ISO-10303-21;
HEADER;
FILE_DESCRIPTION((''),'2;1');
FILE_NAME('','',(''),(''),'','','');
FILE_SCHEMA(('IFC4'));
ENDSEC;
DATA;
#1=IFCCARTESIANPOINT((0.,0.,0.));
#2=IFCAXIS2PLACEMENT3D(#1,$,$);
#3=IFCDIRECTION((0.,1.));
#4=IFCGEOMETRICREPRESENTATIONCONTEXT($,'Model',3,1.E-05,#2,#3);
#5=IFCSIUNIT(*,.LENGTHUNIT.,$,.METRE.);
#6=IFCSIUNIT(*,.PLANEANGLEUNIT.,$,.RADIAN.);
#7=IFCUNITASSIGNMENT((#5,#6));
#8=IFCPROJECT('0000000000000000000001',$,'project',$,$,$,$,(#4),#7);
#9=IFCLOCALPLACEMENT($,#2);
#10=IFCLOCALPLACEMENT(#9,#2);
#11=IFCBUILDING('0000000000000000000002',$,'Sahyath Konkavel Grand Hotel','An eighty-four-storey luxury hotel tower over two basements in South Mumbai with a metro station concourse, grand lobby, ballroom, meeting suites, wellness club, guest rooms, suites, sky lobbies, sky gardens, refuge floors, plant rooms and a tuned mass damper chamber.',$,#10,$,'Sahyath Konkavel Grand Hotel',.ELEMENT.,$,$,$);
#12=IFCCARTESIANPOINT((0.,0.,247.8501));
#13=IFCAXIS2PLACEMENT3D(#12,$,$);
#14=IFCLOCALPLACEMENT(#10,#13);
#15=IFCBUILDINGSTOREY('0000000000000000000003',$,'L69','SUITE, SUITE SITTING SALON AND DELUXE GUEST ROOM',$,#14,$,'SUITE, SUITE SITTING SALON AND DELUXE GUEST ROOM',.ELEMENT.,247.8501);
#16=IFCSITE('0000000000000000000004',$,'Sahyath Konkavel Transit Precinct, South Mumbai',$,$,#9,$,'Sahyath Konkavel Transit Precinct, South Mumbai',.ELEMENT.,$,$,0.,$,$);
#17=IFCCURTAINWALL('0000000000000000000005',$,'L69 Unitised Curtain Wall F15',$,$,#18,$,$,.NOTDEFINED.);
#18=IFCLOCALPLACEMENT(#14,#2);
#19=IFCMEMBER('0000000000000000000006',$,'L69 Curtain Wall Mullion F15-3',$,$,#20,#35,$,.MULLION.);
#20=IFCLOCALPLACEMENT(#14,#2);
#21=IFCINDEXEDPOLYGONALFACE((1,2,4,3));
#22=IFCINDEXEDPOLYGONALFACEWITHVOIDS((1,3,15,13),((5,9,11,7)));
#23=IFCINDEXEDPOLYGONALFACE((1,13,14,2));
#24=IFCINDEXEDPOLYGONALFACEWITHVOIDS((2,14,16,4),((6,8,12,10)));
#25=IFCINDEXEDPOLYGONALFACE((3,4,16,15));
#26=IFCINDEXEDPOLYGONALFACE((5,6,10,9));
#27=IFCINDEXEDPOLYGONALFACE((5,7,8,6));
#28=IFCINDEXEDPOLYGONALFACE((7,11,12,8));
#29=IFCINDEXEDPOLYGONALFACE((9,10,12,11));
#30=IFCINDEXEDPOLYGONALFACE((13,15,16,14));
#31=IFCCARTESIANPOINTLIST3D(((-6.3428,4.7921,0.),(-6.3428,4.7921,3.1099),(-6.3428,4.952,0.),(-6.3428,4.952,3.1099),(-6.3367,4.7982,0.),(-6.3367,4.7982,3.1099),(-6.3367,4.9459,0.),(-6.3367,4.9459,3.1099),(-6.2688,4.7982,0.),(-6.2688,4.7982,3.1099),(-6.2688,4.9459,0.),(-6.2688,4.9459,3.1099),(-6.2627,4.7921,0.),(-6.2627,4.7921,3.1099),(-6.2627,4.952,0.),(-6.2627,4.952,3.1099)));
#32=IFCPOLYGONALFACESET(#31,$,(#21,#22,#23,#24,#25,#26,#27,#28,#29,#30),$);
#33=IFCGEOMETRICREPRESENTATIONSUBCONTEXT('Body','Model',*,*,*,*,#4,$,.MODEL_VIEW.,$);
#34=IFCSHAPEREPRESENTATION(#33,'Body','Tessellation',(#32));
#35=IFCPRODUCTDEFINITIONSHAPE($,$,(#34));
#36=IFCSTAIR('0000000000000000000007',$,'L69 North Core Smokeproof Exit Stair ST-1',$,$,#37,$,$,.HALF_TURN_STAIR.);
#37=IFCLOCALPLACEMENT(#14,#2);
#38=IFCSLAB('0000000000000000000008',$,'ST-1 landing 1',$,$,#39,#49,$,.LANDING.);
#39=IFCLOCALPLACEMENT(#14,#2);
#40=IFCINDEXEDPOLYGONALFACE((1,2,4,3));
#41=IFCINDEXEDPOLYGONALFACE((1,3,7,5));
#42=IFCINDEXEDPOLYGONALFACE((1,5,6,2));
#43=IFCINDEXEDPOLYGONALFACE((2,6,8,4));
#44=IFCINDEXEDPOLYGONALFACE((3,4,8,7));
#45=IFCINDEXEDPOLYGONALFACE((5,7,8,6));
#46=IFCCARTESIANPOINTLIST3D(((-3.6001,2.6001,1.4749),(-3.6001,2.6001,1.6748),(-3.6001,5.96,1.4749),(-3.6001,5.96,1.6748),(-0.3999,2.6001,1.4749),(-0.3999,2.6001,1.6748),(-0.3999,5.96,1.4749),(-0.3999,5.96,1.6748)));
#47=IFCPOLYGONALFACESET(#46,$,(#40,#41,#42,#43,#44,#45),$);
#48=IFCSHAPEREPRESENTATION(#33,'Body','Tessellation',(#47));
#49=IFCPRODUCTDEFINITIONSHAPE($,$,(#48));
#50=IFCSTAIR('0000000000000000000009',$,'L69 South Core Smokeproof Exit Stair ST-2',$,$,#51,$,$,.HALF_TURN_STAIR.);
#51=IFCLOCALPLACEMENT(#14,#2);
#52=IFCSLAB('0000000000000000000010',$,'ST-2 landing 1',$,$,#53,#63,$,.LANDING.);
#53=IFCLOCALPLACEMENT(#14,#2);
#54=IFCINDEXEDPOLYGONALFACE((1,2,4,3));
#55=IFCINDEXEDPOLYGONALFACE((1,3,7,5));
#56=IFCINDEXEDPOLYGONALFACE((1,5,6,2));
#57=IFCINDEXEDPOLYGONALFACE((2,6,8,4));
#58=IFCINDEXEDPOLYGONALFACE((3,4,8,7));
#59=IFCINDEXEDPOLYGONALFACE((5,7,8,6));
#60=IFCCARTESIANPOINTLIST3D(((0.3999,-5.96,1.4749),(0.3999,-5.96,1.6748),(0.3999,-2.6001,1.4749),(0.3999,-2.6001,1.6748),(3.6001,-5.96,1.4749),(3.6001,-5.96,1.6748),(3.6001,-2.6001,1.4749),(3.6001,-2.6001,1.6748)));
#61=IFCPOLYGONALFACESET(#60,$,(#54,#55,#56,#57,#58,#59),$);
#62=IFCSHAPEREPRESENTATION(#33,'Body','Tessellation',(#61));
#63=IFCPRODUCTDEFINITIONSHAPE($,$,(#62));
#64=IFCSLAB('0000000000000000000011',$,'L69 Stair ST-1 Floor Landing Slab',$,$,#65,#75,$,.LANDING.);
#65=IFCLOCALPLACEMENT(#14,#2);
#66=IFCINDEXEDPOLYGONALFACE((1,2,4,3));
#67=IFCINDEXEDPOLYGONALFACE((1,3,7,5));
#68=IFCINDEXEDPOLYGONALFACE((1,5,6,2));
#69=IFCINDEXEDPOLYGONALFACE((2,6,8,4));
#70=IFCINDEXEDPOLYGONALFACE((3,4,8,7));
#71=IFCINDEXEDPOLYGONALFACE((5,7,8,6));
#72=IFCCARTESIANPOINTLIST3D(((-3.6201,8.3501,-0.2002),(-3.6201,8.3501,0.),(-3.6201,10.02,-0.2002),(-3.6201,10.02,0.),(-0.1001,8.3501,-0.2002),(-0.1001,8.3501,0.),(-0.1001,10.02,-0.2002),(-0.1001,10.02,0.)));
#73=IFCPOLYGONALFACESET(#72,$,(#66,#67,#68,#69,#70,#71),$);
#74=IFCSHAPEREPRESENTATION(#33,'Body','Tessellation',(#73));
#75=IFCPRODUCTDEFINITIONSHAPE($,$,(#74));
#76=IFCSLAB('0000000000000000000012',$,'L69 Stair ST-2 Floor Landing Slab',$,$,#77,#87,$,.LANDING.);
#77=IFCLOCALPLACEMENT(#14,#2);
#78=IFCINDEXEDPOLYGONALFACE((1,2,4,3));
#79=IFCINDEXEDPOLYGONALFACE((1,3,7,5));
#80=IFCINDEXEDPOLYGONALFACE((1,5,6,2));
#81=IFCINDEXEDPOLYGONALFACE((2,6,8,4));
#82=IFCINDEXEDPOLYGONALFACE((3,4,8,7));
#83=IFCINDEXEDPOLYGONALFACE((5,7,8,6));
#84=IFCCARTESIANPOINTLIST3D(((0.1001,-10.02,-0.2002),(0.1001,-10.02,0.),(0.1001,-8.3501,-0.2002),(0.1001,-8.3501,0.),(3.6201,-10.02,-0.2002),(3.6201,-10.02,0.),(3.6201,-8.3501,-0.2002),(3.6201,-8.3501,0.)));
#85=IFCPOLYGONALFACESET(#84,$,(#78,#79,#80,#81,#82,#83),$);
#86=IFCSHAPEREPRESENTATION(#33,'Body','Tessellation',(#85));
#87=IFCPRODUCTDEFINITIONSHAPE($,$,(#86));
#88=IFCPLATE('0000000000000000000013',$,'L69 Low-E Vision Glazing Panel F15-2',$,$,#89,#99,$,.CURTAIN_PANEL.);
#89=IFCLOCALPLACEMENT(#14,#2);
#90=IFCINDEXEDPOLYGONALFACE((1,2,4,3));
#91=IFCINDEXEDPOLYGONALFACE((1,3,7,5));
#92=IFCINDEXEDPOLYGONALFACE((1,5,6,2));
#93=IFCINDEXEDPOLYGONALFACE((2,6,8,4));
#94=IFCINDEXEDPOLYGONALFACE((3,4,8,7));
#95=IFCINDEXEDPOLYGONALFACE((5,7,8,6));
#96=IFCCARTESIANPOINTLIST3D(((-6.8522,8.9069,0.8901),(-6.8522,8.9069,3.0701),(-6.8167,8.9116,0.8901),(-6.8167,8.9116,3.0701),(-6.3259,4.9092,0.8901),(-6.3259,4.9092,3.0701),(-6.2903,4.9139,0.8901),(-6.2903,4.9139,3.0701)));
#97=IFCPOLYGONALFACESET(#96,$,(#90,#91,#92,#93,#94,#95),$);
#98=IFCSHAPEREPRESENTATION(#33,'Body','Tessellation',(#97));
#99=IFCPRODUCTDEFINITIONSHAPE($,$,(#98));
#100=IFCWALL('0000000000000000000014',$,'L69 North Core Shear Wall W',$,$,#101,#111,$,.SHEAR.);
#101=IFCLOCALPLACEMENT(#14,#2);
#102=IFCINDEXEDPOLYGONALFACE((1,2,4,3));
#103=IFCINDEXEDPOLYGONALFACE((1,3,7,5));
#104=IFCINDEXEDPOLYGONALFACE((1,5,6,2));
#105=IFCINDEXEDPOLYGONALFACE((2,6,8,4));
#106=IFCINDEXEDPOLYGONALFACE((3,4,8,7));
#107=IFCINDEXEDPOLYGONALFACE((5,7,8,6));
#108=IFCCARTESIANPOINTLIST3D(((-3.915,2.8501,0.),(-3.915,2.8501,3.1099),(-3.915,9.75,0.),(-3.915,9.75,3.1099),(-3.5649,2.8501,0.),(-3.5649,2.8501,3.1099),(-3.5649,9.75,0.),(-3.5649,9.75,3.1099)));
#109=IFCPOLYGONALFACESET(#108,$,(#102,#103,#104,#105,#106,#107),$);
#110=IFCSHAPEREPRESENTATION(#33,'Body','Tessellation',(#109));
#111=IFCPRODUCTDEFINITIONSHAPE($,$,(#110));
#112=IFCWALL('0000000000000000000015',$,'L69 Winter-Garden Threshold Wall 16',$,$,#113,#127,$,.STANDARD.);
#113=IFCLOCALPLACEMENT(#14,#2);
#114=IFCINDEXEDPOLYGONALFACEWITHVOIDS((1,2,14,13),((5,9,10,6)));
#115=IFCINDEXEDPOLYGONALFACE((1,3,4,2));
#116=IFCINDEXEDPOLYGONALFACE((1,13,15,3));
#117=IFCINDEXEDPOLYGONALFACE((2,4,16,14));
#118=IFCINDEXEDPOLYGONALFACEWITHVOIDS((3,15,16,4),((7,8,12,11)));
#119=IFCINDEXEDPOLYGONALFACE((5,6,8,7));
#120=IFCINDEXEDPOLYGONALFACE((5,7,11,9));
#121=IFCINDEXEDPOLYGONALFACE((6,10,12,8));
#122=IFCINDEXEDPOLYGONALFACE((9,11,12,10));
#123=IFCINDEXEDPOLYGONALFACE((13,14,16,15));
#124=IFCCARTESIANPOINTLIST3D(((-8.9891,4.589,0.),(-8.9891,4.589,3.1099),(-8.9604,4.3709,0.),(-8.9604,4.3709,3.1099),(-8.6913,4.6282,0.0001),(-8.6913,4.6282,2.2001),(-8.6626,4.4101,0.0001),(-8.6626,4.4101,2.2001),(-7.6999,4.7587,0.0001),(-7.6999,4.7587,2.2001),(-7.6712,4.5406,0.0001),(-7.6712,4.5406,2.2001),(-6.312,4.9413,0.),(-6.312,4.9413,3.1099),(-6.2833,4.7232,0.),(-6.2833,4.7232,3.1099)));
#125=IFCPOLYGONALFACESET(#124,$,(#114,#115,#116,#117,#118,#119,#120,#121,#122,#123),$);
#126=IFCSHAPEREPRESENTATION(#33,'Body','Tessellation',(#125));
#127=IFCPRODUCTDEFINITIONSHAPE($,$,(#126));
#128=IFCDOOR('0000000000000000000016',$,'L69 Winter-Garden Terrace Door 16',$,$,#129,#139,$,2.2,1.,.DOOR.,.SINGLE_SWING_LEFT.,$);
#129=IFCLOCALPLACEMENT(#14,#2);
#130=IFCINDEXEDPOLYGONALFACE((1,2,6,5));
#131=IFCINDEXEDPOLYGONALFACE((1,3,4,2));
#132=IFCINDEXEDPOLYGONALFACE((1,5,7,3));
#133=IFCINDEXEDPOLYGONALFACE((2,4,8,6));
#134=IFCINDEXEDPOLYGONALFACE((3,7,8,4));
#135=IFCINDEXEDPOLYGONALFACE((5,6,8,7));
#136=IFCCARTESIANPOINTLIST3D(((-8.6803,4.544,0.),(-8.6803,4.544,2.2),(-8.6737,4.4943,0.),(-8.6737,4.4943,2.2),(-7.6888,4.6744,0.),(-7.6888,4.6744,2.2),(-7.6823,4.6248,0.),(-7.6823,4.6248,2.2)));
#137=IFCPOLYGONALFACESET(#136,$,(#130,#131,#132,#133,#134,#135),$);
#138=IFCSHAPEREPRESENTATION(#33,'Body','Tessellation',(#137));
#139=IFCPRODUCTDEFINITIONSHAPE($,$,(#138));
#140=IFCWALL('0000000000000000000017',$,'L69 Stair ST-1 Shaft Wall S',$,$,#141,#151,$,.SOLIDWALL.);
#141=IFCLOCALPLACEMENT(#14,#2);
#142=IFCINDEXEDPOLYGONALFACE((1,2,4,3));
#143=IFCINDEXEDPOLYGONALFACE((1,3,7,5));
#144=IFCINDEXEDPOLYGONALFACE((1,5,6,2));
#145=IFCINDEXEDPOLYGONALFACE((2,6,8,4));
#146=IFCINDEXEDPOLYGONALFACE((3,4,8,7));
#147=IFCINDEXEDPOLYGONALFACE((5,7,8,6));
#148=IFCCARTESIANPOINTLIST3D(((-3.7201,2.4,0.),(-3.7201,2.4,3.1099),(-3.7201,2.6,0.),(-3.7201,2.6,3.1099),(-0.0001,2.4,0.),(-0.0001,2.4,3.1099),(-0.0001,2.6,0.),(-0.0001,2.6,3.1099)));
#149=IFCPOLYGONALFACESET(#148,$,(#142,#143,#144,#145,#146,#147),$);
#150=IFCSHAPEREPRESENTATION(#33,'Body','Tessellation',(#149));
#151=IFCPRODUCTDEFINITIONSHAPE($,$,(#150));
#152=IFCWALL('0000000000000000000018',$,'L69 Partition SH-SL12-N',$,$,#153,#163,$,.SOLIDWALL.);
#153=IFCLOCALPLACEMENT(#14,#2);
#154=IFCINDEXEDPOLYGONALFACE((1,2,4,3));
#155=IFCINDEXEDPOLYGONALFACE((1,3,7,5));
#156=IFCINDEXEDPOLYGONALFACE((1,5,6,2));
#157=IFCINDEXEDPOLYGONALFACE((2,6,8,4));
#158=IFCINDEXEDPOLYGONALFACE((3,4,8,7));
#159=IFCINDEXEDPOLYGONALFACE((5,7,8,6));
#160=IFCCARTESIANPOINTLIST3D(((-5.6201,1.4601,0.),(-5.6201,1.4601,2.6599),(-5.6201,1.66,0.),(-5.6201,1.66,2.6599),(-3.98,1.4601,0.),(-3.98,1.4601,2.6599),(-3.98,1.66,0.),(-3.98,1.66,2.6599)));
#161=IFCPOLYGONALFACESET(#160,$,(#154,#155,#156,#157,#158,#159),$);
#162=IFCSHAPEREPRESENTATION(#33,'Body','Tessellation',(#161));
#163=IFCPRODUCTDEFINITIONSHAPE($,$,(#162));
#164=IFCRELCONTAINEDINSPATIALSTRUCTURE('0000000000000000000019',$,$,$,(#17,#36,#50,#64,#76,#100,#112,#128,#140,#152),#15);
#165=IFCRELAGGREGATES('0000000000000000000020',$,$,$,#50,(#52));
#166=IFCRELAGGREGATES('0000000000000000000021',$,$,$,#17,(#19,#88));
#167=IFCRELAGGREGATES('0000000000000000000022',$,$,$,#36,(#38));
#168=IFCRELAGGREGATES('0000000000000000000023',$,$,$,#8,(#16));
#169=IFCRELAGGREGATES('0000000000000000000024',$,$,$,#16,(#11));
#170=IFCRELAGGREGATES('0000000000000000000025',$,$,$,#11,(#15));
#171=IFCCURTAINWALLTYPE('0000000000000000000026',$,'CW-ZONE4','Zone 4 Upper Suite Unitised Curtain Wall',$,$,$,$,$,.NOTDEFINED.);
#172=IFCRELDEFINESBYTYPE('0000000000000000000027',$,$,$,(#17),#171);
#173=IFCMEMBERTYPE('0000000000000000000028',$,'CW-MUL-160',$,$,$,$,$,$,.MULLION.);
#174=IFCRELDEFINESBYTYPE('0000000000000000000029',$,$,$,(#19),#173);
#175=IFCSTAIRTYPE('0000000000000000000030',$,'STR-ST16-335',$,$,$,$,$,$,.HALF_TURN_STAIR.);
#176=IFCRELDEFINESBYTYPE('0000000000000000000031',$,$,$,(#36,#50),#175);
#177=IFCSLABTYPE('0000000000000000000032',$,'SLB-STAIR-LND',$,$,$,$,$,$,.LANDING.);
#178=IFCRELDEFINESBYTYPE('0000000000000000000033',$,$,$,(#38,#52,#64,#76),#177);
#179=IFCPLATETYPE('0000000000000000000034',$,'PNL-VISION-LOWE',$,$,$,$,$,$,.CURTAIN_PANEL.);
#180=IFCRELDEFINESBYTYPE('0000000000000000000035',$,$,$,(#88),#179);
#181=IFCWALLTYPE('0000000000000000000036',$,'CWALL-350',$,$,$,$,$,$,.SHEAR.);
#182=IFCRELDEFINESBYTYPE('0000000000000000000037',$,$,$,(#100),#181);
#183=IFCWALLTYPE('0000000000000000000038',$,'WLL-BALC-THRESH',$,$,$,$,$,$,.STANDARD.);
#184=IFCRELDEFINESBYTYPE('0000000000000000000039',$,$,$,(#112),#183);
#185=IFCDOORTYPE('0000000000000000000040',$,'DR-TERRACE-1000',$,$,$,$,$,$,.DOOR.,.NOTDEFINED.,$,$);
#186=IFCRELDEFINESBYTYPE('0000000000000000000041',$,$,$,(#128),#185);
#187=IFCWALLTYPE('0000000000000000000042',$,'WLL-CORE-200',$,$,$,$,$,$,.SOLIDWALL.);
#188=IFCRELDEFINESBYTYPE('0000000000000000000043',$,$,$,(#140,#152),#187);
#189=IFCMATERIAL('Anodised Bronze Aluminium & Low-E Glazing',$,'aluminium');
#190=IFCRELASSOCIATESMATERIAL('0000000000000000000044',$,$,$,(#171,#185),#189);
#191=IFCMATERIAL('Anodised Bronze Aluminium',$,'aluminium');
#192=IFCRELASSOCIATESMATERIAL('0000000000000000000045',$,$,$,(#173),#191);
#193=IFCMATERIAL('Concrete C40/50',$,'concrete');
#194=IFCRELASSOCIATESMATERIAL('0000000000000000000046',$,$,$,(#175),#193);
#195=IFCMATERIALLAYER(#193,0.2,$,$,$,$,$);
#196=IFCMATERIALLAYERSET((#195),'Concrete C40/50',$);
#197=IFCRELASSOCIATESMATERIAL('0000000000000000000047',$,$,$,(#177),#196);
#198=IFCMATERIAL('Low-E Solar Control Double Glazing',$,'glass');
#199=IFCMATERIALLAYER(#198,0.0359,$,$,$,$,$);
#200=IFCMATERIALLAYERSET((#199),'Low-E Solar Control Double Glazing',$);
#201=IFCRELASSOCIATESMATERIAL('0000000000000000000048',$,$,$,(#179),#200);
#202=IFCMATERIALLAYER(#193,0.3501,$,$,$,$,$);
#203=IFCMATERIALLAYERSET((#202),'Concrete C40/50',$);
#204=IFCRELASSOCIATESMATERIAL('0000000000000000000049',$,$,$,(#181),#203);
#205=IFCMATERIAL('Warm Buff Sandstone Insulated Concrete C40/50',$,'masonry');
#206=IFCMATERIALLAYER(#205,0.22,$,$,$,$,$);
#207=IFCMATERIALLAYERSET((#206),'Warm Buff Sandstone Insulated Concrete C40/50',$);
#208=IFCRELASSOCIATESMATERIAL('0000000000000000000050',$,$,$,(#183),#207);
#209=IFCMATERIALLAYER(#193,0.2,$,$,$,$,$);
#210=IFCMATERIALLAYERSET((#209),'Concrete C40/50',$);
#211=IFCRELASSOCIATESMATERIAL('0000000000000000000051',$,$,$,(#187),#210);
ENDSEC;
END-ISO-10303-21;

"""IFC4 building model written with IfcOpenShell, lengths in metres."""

from ifc_helpers import new_model, si_unit, direction, frame, frame_2d, origin, origin_2d, place, context, subcontext, project, spatial, polyline, rectangle, hollow_rectangle, outline, extrude, source, transform, mapped, material, layer, layer_set, material_profile, profile_set, type_object, element, fill, aggregate, save


model = new_model("IFC4")

# Units and contexts
model_context = context("Model", 3, precision=1e-05, world=origin(), true_north=direction((0.0, 1.0)))
body_context = subcontext(model_context, "Body", "Model", "MODEL_VIEW")
ifc_project = project(units=[si_unit("LENGTHUNIT", "METRE"), si_unit("PLANEANGLEUNIT", "RADIAN")], contexts=[model_context])

# Site, building, storey
site_placement = place(None, origin())
site = spatial("IfcSite", under=ifc_project, at=site_placement, Name="Sahyath Konkavel Transit Precinct, South Mumbai", LongName="Sahyath Konkavel Transit Precinct, South Mumbai", CompositionType="ELEMENT", RefElevation=0.0)
building_placement = place(site_placement, origin())
building = spatial("IfcBuilding", under=site, at=building_placement, Name="Sahyath Konkavel Grand Hotel", Description="An eighty-four-storey luxury hotel tower over two basements in South Mumbai with a metro station concourse, grand lobby, ballroom, meeting suites, wellness club, guest rooms, suites, sky lobbies, sky gardens, refuge floors, plant rooms and a tuned mass damper chamber.", LongName="Sahyath Konkavel Grand Hotel", CompositionType="ELEMENT")
storey_placement = place(building_placement, frame((0.0, 0.0, 247.8501)))
storey = spatial("IfcBuildingStorey", under=building, at=storey_placement, Name="L69", Description="SUITE, SUITE SITTING SALON AND DELUXE GUEST ROOM", LongName="SUITE, SUITE SITTING SALON AND DELUXE GUEST ROOM", CompositionType="ELEMENT", Elevation=247.8501)

# Shared definitions
ifc_material_1 = material(Name="Concrete C40/50", Category="concrete")

# Curtain wall, member
ifc_material_2 = material(Name="Anodised Bronze Aluminium & Low-E Glazing", Category="aluminium")
curtain_wall_type = type_object("IfcCurtainWallType", Name="CW-ZONE4", Description="Zone 4 Upper Suite Unitised Curtain Wall", PredefinedType="NOTDEFINED", material=ifc_material_2)
curtain_wall_placement = place(storey_placement, origin())
curtain_wall = element("IfcCurtainWall", 1, at=curtain_wall_placement, inside=storey, type_object=curtain_wall_type, Name="L69 Unitised Curtain Wall F15", PredefinedType="NOTDEFINED")
ifc_material_3 = material(Name="Anodised Bronze Aluminium", Category="aluminium")
ifc_material_profile_1 = material_profile(ifc_material_3, hollow_rectangle(XDim=0.0801, YDim=0.1599, WallThickness=0.0061, at=origin_2d()), Name="RHS 160x80x6")
ifc_profile_set_1 = profile_set([ifc_material_profile_1], Name="Anodised Bronze Aluminium")
member_type = type_object("IfcMemberType", Name="CW-MUL-160", PredefinedType="MULLION", material=ifc_profile_set_1)
shared_shape_1 = source(origin(), body_context, "Body", "SweptSolid", [
    extrude(hollow_rectangle(XDim=0.0801, YDim=0.1599, WallThickness=0.0061, at=origin_2d()), origin(), (0.0, 0.0, 1.0), 3.1099),
])
member_placement = place(storey_placement, frame((-6.3027, 4.8721, 0.0), z_axis=(0.0, 0.0, 1.0), x_axis=(1.0, 0.0, 0.0)))
member = element("IfcMember", 2, at=member_placement, type_object=member_type, Name="L69 Curtain Wall Mullion F15-3", PredefinedType="MULLION", context=body_context, shape_type="MappedRepresentation", body=[
    mapped(shared_shape_1, transform((0.0, 0.0, 0.0), scale=1.0)),
])

# Stairs, slabs
stair_type = type_object("IfcStairType", Name="STR-ST16-335", PredefinedType="HALF_TURN_STAIR", material=ifc_material_1)
stair_1_placement = place(storey_placement, origin())
stair_1 = element("IfcStair", 3, at=stair_1_placement, inside=storey, type_object=stair_type, Name="L69 North Core Smokeproof Exit Stair ST-1", PredefinedType="HALF_TURN_STAIR")
ifc_layer_1 = layer(ifc_material_1, 0.2)
ifc_layer_set_1 = layer_set([ifc_layer_1], Name="Concrete C40/50")
slab_type = type_object("IfcSlabType", Name="SLB-STAIR-LND", PredefinedType="LANDING", material=ifc_layer_set_1)
slab_1_placement = place(storey_placement, frame((0.0, 0.0, 1.4749)))
slab_1 = element("IfcSlab", 4, at=slab_1_placement, type_object=slab_type, Name="ST-1 landing 1", PredefinedType="LANDING", context=body_context, shape_type="SweptSolid", body=[
    extrude(outline(polyline([(-3.6001, 5.96), (-3.6001, 2.6001), (-0.3999, 2.6001), (-0.3999, 5.96), (-3.6001, 5.96)])), origin(), (0.0, 0.0, 1.0), 0.2),
])
stair_2_placement = place(storey_placement, origin())
stair_2 = element("IfcStair", 5, at=stair_2_placement, inside=storey, type_object=stair_type, Name="L69 South Core Smokeproof Exit Stair ST-2", PredefinedType="HALF_TURN_STAIR")
slab_2_placement = place(storey_placement, frame((0.0, 0.0, 1.4749)))
slab_2 = element("IfcSlab", 6, at=slab_2_placement, type_object=slab_type, Name="ST-2 landing 1", PredefinedType="LANDING", context=body_context, shape_type="SweptSolid", body=[
    extrude(outline(polyline([(3.6001, -5.96), (3.6001, -2.6001), (0.3999, -2.6001), (0.3999, -5.96), (3.6001, -5.96)])), origin(), (0.0, 0.0, 1.0), 0.2),
])
aggregate(stair_2, [slab_2])

# Slabs
slab_3_placement = place(storey_placement, frame((0.0, 0.0, -0.2002)))
element("IfcSlab", 7, at=slab_3_placement, inside=storey, type_object=slab_type, Name="L69 Stair ST-1 Floor Landing Slab", PredefinedType="LANDING", context=body_context, shape_type="SweptSolid", body=[
    extrude(outline(polyline([(-3.6201, 8.3501), (-0.1001, 8.3501), (-0.1001, 10.02), (-3.6201, 10.02), (-3.6201, 8.3501)])), origin(), (0.0, 0.0, 1.0), 0.2002),
])
slab_4_placement = place(storey_placement, frame((0.0, 0.0, -0.2002)))
element("IfcSlab", 8, at=slab_4_placement, inside=storey, type_object=slab_type, Name="L69 Stair ST-2 Floor Landing Slab", PredefinedType="LANDING", context=body_context, shape_type="SweptSolid", body=[
    extrude(outline(polyline([(0.1001, -10.02), (3.6201, -10.02), (3.6201, -8.3501), (0.1001, -8.3501), (0.1001, -10.02)])), origin(), (0.0, 0.0, 1.0), 0.2002),
])

# Plate
ifc_material_4 = material(Name="Low-E Solar Control Double Glazing", Category="glass")
ifc_layer_2 = layer(ifc_material_4, 0.0359)
ifc_layer_set_2 = layer_set([ifc_layer_2], Name="Low-E Solar Control Double Glazing")
plate_type = type_object("IfcPlateType", Name="PNL-VISION-LOWE", PredefinedType="CURTAIN_PANEL", material=ifc_layer_set_2)
shared_shape_2 = source(origin(), body_context, "Body", "SweptSolid", [
    extrude(rectangle(XDim=4.0322, YDim=0.0359, at=origin_2d()), origin(), (0.0, 0.0, 1.0), 2.1799),
])
plate_placement = place(storey_placement, frame((-6.5713, 6.9104, 0.8901), z_axis=(0.0, 0.0, 1.0), x_axis=(0.130526, -0.991445, 0.0)))
plate = element("IfcPlate", 9, at=plate_placement, type_object=plate_type, Name="L69 Low-E Vision Glazing Panel F15-2", PredefinedType="CURTAIN_PANEL", context=body_context, shape_type="MappedRepresentation", body=[
    mapped(shared_shape_2, transform((0.0, 0.0, 0.0), scale=1.0)),
])
aggregate(curtain_wall, [member, plate])

# Wall
ifc_layer_3 = layer(ifc_material_1, 0.3501)
ifc_layer_set_3 = layer_set([ifc_layer_3], Name="Concrete C40/50")
wall_type_1 = type_object("IfcWallType", Name="CWALL-350", PredefinedType="SHEAR", material=ifc_layer_set_3)
wall_1_placement = place(storey_placement, frame((-3.74, 2.8501, 0.0), z_axis=(0.0, 0.0, 1.0), x_axis=(0.0, 1.0, 0.0)))
element("IfcWall", 10, at=wall_1_placement, inside=storey, type_object=wall_type_1, Name="L69 North Core Shear Wall W", PredefinedType="SHEAR", context=body_context, shape_type="SweptSolid", body=[
    extrude(rectangle(XDim=6.8999, YDim=0.3501, at=frame_2d((3.45, 0.0))), origin(), (0.0, 0.0, 1.0), 3.1099),
])

# Wall, opening, door
ifc_material_5 = material(Name="Warm Buff Sandstone Insulated Concrete C40/50", Category="masonry")
ifc_layer_4 = layer(ifc_material_5, 0.22)
ifc_layer_set_4 = layer_set([ifc_layer_4], Name="Warm Buff Sandstone Insulated Concrete C40/50")
wall_type_2 = type_object("IfcWallType", Name="WLL-BALC-THRESH", PredefinedType="STANDARD", material=ifc_layer_set_4)
wall_2_placement = place(storey_placement, frame((-6.2976, 4.8323, 0.0), z_axis=(0.0, 0.0, 1.0), x_axis=(-0.991452, -0.130476, 0.0)))
wall_2 = element("IfcWall", 11, at=wall_2_placement, inside=storey, type_object=wall_type_2, Name="L69 Winter-Garden Threshold Wall 16", PredefinedType="STANDARD", context=body_context, shape_type="SweptSolid", body=[
    extrude(rectangle(XDim=2.7002, YDim=0.22, at=frame_2d((1.3501, 0.0))), origin(), (0.0, 0.0, 1.0), 3.1099),
])
opening_1_placement = place(wall_2_placement, frame((1.3999, 0.0, 0.0)))
opening_1 = element("IfcOpeningElement", 12, at=opening_1_placement, cuts=wall_2, PredefinedType="OPENING", context=body_context, shape_type="SweptSolid", body=[
    extrude(rectangle(XDim=1.0, YDim=2.2, at=frame_2d((0.5, 1.1001))), frame((0.0, 0.1201, 0.0), z_axis=(0.0, -1.0, 0.0), x_axis=(1.0, 0.0, 0.0)), (0.0, 0.0, 1.0), 0.24),
])
door_type_1 = type_object("IfcDoorType", Name="DR-TERRACE-1000", OperationType="NOTDEFINED", PredefinedType="DOOR", material=ifc_material_2)
shared_shape_3 = source(origin(), body_context, "Body", "SweptSolid", [
    extrude(rectangle(XDim=1.0, YDim=0.05, at=origin_2d()), origin(), (0.0, 0.0, 1.0), 2.2),
])
door_1_placement = place(opening_1_placement, frame((0.5, 0.0, 0.0)))
door_1 = element("IfcDoor", 13, at=door_1_placement, inside=storey, type_object=door_type_1, Name="L69 Winter-Garden Terrace Door 16", OperationType="SINGLE_SWING_LEFT", OverallHeight=2.2, OverallWidth=1.0, PredefinedType="DOOR", context=body_context, shape_type="MappedRepresentation", body=[
    mapped(shared_shape_3, transform((0.0, 0.0, 0.0), scale=1.0)),
])
fill(opening_1, door_1)

# Walls
ifc_layer_5 = layer(ifc_material_1, 0.2)
ifc_layer_set_5 = layer_set([ifc_layer_5], Name="Concrete C40/50")
wall_type_3 = type_object("IfcWallType", Name="WLL-CORE-200", PredefinedType="SOLIDWALL", material=ifc_layer_set_5)
wall_3_placement = place(storey_placement, frame((-3.72, 2.5, 0.0), z_axis=(0.0, 0.0, 1.0), x_axis=(1.0, 0.0, 0.0)))
element("IfcWall", 14, at=wall_3_placement, inside=storey, type_object=wall_type_3, Name="L69 Stair ST-1 Shaft Wall S", PredefinedType="SOLIDWALL", context=body_context, shape_type="SweptSolid", body=[
    extrude(rectangle(XDim=3.72, YDim=0.2, at=frame_2d((1.8599, 0.0))), origin(), (0.0, 0.0, 1.0), 3.1099),
])
wall_4_placement = place(storey_placement, frame((-5.6201, 1.5601, 0.0), z_axis=(0.0, 0.0, 1.0), x_axis=(1.0, 0.0, 0.0)))
element("IfcWall", 15, at=wall_4_placement, inside=storey, type_object=wall_type_3, Name="L69 Partition SH-SL12-N", PredefinedType="SOLIDWALL", context=body_context, shape_type="SweptSolid", body=[
    extrude(rectangle(XDim=1.6401, YDim=0.2, at=frame_2d((0.8201, 0.0))), origin(), (0.0, 0.0, 1.0), 2.6599),
])

aggregate(stair_1, [slab_1])

save(model, "model.ifc")
